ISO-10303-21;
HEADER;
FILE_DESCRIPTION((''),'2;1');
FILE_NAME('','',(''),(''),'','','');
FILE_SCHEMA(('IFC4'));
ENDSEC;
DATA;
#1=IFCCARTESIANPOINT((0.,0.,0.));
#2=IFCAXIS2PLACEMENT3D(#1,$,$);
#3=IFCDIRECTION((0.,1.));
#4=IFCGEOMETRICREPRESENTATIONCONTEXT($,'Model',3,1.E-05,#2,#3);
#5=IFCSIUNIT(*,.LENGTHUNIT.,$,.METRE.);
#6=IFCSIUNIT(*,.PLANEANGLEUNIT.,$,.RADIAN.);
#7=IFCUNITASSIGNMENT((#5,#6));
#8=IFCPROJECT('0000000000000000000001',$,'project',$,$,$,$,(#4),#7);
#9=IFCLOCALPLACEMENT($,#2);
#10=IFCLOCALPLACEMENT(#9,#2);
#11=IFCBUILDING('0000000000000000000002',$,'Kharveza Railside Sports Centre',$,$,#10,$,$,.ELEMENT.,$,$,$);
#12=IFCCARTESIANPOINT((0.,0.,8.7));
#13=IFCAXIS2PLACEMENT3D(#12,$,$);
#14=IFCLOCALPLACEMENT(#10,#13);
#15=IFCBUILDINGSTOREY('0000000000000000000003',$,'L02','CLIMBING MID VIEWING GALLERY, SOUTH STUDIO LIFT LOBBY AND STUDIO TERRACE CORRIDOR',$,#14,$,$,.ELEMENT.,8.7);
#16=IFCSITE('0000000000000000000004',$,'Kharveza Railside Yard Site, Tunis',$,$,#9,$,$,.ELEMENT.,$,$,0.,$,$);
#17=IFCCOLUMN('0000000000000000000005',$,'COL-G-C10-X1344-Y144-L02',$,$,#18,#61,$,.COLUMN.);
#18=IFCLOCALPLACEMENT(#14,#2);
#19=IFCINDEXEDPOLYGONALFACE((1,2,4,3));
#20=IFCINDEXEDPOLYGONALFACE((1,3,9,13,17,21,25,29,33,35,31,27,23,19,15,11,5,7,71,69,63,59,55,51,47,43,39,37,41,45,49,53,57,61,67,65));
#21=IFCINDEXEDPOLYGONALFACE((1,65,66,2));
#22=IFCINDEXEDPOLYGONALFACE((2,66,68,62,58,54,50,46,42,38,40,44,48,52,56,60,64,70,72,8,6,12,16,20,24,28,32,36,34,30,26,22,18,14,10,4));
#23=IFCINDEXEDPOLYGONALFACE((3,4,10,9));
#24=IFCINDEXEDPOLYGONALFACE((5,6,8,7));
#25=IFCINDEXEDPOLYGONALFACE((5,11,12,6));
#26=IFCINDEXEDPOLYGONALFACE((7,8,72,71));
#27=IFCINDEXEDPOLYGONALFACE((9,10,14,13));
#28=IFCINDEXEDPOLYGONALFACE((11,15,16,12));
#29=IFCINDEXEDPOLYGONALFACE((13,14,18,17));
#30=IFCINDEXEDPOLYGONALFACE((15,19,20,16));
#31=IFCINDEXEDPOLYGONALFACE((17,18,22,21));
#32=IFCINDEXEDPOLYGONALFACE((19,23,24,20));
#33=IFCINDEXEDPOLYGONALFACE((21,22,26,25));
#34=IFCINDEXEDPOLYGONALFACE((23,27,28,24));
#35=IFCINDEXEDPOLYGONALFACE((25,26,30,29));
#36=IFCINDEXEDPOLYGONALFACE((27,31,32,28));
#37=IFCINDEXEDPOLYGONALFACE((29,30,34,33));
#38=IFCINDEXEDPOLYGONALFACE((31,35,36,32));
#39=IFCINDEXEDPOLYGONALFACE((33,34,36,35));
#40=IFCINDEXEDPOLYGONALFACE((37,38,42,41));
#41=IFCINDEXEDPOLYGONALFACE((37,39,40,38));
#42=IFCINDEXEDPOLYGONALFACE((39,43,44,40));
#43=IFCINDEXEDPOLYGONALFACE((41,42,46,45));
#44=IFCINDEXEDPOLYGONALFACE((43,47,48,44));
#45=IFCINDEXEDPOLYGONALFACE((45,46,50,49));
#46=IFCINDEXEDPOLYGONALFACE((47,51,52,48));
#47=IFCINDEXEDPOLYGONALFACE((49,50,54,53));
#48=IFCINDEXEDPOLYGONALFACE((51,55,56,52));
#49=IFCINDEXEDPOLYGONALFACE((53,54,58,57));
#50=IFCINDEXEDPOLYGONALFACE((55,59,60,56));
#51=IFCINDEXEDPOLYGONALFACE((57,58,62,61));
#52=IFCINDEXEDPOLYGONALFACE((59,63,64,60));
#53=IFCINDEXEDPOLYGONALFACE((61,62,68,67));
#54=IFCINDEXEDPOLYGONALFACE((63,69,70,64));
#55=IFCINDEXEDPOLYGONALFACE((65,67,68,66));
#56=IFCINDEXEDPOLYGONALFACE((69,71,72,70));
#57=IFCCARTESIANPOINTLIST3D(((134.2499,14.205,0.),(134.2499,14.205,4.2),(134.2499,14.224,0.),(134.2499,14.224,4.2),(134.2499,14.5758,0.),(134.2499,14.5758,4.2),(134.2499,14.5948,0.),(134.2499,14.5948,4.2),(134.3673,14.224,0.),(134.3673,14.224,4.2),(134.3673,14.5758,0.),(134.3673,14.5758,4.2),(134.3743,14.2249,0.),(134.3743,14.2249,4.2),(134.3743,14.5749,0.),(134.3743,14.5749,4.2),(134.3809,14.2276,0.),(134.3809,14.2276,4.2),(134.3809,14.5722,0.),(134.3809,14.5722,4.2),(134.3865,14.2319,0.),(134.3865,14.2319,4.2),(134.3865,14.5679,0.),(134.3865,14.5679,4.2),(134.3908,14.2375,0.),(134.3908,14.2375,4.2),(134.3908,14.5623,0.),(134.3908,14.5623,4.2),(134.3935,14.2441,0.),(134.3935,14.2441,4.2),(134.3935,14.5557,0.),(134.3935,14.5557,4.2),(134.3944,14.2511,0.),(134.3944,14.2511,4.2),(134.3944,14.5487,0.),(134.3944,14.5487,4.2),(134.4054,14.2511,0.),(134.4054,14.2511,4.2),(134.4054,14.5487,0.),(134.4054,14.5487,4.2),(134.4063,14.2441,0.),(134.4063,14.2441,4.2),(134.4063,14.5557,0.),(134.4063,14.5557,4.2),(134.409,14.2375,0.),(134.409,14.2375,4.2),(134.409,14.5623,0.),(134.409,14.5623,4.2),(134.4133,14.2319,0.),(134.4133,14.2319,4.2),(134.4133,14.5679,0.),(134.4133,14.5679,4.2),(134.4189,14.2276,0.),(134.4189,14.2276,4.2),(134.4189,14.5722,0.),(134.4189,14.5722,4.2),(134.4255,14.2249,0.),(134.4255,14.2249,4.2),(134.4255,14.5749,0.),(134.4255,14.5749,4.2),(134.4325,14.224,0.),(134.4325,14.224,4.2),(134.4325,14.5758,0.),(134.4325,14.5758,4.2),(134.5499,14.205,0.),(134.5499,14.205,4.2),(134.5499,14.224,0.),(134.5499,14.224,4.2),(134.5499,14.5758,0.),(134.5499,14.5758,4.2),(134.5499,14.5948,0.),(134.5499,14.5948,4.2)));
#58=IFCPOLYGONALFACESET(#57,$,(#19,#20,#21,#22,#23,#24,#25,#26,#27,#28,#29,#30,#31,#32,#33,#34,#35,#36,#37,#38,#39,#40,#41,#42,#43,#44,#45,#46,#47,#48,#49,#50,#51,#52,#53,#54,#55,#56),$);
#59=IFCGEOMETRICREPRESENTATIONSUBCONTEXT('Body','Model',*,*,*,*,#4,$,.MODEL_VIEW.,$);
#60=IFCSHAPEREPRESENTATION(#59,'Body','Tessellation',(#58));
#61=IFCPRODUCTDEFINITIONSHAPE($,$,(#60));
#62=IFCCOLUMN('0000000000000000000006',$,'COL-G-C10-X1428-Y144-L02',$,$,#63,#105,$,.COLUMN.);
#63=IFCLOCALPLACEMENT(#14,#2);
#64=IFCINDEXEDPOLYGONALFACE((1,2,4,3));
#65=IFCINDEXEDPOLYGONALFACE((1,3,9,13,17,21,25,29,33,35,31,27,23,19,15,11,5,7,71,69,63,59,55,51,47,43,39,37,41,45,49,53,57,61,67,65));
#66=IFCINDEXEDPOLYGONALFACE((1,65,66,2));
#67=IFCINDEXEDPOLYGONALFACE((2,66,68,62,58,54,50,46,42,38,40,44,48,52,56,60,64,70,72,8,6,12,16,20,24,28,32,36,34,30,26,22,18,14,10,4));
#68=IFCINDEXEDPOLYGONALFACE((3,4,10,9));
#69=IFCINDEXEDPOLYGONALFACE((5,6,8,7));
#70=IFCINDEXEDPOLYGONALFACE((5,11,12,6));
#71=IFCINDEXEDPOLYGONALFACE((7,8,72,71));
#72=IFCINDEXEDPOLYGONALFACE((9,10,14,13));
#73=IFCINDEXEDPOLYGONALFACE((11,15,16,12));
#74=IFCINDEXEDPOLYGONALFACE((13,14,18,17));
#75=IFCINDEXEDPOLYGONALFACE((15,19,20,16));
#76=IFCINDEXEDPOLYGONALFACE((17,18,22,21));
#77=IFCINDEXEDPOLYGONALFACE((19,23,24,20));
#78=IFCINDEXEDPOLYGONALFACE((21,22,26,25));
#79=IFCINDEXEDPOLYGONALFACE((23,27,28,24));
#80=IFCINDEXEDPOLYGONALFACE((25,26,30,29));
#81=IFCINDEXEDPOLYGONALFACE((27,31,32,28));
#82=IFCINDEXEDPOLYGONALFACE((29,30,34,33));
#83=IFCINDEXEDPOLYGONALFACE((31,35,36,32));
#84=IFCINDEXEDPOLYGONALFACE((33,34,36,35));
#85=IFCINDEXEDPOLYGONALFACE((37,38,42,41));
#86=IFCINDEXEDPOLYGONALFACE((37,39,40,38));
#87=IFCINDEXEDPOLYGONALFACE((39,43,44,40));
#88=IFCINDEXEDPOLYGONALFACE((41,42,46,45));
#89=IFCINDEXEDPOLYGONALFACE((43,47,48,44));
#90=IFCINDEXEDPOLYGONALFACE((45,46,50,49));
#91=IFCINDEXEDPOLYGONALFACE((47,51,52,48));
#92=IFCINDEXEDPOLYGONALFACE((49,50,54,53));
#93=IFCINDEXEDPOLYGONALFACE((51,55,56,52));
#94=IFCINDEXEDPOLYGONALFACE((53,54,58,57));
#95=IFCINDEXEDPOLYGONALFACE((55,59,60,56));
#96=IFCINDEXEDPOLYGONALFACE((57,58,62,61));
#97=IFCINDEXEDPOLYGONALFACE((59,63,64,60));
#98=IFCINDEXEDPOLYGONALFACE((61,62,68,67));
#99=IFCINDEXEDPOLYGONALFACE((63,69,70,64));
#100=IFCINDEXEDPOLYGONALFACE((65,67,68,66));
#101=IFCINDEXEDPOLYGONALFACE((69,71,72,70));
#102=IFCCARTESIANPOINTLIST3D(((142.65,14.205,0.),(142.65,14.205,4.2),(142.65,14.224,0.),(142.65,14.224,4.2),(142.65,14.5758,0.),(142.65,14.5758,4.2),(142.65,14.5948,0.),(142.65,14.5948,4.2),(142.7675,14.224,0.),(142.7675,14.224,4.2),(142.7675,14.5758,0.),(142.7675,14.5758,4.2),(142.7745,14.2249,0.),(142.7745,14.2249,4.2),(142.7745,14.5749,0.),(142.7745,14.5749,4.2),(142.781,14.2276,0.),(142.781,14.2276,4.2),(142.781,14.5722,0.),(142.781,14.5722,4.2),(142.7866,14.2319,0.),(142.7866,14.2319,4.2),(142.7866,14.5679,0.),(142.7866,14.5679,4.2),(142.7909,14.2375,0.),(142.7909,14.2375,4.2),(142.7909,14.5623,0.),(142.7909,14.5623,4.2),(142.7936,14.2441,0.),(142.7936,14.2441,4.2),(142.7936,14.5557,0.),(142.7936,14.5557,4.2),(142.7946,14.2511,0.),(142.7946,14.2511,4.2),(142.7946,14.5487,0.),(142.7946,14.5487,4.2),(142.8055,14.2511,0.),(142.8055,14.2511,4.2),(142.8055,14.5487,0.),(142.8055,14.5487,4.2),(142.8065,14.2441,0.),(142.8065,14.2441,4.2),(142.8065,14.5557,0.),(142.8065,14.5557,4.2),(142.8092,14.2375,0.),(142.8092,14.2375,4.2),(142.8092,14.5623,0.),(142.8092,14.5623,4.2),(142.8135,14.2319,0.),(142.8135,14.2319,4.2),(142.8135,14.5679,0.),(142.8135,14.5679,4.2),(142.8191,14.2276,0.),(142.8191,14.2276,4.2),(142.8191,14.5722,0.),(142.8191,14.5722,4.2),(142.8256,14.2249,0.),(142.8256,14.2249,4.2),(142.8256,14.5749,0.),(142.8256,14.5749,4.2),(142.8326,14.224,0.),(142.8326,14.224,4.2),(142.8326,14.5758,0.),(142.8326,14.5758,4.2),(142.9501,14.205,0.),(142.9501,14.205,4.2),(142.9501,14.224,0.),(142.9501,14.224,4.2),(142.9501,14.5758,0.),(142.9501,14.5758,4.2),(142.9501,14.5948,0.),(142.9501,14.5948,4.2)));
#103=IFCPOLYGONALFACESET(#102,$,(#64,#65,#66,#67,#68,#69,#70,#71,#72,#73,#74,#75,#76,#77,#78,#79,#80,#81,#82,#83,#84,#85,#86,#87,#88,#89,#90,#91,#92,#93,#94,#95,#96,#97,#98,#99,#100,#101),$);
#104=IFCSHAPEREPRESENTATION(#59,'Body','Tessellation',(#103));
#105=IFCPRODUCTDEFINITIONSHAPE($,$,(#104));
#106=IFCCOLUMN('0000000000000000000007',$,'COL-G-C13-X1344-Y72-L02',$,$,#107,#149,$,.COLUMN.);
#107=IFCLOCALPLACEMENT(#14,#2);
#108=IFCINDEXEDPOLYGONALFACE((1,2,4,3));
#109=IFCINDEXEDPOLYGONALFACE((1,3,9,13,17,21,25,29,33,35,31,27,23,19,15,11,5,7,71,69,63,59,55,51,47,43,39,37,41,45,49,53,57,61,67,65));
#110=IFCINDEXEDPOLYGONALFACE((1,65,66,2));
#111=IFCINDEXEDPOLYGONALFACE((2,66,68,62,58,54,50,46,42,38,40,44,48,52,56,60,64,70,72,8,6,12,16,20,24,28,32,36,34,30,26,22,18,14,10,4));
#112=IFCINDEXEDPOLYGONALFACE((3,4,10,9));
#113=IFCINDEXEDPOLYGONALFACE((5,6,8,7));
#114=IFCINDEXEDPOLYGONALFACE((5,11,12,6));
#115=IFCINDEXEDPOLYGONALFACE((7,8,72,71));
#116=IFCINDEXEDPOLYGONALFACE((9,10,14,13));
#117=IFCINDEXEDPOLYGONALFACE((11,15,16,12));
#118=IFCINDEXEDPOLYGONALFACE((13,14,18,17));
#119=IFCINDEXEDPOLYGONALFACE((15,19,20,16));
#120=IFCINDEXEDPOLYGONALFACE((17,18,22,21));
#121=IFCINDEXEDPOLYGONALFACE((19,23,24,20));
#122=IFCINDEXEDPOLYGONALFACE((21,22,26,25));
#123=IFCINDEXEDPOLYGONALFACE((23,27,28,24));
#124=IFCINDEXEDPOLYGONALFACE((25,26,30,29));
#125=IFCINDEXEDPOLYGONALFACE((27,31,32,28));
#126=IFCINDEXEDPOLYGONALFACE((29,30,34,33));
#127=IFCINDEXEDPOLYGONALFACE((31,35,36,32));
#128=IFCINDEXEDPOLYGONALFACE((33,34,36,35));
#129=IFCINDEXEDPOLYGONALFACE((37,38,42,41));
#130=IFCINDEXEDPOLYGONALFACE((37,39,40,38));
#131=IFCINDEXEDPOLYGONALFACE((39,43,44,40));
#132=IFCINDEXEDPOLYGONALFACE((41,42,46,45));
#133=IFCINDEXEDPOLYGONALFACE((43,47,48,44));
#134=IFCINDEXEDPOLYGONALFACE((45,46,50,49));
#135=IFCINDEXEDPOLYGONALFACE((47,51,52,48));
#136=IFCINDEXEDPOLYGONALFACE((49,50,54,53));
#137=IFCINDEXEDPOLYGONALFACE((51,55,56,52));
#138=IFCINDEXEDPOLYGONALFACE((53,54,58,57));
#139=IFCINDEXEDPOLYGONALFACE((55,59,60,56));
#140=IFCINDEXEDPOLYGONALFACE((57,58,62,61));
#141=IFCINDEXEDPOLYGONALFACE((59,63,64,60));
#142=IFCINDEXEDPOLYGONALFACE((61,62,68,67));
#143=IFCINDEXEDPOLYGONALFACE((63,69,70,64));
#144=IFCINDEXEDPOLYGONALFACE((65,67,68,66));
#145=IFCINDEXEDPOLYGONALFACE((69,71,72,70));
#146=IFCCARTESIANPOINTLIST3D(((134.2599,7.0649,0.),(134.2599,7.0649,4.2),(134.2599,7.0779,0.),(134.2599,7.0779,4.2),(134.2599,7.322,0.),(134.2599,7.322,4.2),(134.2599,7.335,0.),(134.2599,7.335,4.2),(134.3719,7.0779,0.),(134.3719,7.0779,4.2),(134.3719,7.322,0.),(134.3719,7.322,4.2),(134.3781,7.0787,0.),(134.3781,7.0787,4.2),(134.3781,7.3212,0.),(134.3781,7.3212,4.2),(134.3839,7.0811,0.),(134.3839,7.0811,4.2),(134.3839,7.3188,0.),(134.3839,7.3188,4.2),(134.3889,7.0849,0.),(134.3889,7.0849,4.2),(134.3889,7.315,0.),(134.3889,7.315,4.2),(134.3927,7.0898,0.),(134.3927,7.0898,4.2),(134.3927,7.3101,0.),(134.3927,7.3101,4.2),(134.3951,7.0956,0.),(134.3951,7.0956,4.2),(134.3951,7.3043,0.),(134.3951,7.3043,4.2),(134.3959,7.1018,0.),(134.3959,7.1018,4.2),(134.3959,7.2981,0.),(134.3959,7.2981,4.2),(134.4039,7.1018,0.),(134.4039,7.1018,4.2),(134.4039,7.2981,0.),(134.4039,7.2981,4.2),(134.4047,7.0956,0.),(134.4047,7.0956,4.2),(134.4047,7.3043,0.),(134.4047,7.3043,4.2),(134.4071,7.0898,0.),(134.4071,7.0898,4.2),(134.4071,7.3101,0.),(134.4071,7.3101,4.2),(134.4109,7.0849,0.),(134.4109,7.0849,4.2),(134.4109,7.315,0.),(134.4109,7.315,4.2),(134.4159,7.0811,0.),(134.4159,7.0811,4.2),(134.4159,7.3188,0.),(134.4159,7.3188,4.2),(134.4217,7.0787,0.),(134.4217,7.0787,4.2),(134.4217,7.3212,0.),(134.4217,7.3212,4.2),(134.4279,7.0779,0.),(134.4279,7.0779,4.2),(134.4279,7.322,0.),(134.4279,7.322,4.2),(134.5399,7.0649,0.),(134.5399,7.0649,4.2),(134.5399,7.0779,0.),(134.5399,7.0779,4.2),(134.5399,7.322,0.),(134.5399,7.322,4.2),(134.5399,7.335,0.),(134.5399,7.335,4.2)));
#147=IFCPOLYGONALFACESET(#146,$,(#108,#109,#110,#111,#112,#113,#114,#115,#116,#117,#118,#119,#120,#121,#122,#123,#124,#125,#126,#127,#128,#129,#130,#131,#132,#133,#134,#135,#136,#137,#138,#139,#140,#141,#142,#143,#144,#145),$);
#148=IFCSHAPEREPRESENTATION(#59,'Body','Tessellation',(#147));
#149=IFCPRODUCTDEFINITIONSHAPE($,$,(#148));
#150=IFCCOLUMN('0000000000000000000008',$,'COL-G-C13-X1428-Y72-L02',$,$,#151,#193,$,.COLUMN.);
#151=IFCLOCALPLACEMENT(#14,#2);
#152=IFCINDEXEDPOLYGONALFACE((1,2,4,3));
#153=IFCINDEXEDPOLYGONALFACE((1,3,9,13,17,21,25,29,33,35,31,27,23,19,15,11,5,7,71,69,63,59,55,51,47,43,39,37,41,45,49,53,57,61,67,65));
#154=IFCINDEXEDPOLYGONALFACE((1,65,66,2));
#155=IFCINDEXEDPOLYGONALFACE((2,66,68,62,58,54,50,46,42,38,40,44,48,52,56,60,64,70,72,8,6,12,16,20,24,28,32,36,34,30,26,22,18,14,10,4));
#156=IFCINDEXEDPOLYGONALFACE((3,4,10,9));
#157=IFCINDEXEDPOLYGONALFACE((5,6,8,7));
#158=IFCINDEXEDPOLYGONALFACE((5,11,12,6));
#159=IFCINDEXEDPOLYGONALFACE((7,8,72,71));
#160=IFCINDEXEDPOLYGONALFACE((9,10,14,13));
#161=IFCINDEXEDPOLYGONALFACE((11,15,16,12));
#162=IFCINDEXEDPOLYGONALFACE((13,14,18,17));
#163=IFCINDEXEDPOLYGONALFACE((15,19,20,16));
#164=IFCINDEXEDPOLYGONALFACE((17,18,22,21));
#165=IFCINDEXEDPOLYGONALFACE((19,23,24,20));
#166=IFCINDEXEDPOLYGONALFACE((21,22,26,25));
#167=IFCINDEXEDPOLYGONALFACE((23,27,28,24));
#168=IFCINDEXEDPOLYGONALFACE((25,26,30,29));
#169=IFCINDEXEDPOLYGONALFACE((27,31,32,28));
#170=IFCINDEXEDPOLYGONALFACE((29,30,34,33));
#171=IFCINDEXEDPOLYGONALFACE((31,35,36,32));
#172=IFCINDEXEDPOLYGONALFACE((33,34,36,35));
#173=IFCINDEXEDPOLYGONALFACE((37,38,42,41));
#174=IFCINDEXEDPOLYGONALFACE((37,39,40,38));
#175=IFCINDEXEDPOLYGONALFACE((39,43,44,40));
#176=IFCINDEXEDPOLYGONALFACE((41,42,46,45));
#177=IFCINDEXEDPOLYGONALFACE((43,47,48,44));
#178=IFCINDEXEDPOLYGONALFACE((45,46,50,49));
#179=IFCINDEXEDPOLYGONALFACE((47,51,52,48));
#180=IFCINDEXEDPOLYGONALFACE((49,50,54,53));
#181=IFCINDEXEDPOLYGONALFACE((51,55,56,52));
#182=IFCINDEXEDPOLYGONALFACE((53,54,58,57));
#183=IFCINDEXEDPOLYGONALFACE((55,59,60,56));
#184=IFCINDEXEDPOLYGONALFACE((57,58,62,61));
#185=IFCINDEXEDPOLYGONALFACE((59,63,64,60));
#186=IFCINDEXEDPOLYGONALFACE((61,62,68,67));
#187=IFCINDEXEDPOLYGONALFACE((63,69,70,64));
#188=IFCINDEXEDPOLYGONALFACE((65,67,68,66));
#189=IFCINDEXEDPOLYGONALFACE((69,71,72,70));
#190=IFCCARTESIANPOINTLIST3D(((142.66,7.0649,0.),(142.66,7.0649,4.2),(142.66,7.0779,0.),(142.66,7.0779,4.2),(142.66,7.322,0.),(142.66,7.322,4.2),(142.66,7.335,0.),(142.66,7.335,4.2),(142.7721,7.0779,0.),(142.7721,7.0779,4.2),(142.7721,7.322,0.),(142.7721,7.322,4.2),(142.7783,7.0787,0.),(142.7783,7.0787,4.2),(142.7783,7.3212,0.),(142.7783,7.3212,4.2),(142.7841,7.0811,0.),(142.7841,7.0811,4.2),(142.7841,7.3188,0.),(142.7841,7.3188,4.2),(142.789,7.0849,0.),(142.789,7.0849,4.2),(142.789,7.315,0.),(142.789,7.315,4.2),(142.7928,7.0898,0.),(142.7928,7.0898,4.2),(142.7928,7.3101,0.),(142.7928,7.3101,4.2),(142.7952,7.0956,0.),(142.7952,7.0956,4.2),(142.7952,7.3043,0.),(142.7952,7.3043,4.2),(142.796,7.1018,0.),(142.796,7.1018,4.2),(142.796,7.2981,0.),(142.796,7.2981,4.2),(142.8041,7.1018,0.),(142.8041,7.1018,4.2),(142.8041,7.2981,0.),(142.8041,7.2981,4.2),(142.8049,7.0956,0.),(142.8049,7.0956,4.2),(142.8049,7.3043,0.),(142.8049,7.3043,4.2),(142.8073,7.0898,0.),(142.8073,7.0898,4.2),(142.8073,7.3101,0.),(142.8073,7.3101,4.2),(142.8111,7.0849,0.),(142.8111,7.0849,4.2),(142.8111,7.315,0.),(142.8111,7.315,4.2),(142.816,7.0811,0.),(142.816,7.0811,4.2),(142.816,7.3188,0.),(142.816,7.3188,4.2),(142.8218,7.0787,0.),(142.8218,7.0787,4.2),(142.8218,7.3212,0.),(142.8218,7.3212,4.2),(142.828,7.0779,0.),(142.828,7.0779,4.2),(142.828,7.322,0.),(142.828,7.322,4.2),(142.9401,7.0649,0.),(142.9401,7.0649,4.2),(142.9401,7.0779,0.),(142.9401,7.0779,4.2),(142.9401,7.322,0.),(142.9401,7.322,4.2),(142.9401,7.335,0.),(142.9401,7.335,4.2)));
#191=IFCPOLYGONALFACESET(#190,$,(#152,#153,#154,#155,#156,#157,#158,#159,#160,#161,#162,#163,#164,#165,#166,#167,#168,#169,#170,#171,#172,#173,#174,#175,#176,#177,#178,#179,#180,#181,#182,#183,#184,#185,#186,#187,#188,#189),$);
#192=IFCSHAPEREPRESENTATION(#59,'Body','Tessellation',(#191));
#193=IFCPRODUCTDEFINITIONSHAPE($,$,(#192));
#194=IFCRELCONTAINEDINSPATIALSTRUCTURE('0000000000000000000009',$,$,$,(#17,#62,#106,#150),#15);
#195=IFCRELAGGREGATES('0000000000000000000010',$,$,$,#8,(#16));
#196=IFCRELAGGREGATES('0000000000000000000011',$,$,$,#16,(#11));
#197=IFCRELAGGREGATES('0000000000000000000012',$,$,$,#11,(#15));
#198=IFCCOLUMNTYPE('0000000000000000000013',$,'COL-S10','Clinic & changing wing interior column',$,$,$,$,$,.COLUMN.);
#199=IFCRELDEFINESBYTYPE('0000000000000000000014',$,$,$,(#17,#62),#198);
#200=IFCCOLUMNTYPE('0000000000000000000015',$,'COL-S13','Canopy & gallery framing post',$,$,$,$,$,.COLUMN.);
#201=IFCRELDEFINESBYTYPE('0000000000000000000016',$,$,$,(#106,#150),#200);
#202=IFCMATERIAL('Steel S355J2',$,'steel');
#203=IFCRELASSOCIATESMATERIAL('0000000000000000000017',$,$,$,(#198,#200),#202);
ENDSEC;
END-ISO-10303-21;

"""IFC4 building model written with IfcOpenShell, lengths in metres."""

from ifc_helpers import new_model, si_unit, direction, frame, origin, origin_2d, place, context, subcontext, project, spatial, i_section, extrude, material, material_profile, profile_set, type_object, element, save


model = new_model("IFC4")

# Units and contexts
model_context = context("Model", 3, precision=1e-05, world=origin(), true_north=direction((0.0, 1.0)))
body_context = subcontext(model_context, "Body", "Model", "MODEL_VIEW")
ifc_project = project(units=[si_unit("LENGTHUNIT", "METRE"), si_unit("PLANEANGLEUNIT", "RADIAN")], contexts=[model_context])

# Site, building, storey
site_placement = place(None, origin())
site = spatial("IfcSite", under=ifc_project, at=site_placement, Name="Kharveza Railside Yard Site, Tunis", CompositionType="ELEMENT", RefElevation=0.0)
building_placement = place(site_placement, origin())
building = spatial("IfcBuilding", under=site, at=building_placement, Name="Kharveza Railside Sports Centre", CompositionType="ELEMENT")
storey_placement = place(building_placement, frame((0.0, 0.0, 8.7)))
storey = spatial("IfcBuildingStorey", under=building, at=storey_placement, Name="L02", Description="CLIMBING MID VIEWING GALLERY, SOUTH STUDIO LIFT LOBBY AND STUDIO TERRACE CORRIDOR", CompositionType="ELEMENT", Elevation=8.7)

# Columns
ifc_material_1 = material(Name="Steel S355J2", Category="steel")
ifc_material_profile_1 = material_profile(ifc_material_1, i_section(OverallWidth=0.3, OverallDepth=0.3899, WebThickness=0.011, FlangeThickness=0.019, FilletRadius=0.0271, at=origin_2d()), Name="HEA 400")
ifc_profile_set_1 = profile_set([ifc_material_profile_1], Name="Steel S355J2")
column_type_1 = type_object("IfcColumnType", Name="COL-S10", Description="Clinic & changing wing interior column", PredefinedType="COLUMN", material=ifc_profile_set_1)
for number, where, z_axis, x_axis, name in (
    (1, (134.3999, 14.3999, 0.0), (0.0, 0.0, 1.0), (1.0, 0.0, 0.0), "COL-G-C10-X1344-Y144-L02"),
    (2, (142.8, 14.3999, 0.0), (0.0, 0.0, 1.0), (1.0, 0.0, 0.0), "COL-G-C10-X1428-Y144-L02"),
):
    element("IfcColumn", number, at=place(storey_placement, frame(where, z_axis=z_axis, x_axis=x_axis)), inside=storey, type_object=column_type_1, Name=name, PredefinedType="COLUMN", context=body_context, shape_type="SweptSolid", body=[
        extrude(i_section(OverallWidth=0.3, OverallDepth=0.3899, WebThickness=0.011, FlangeThickness=0.019, FilletRadius=0.0271, at=origin_2d()), origin(), (0.0, 0.0, 1.0), 4.2),
    ])
ifc_material_profile_2 = material_profile(ifc_material_1, i_section(OverallWidth=0.28, OverallDepth=0.27, WebThickness=0.0081, FlangeThickness=0.0129, FilletRadius=0.0239, at=origin_2d()), Name="HEA 280")
ifc_profile_set_2 = profile_set([ifc_material_profile_2], Name="Steel S355J2")
column_type_2 = type_object("IfcColumnType", Name="COL-S13", Description="Canopy & gallery framing post", PredefinedType="COLUMN", material=ifc_profile_set_2)
for number, where, z_axis, x_axis, name in (
    (3, (134.3999, 7.2, 0.0), (0.0, 0.0, 1.0), (1.0, 0.0, 0.0), "COL-G-C13-X1344-Y72-L02"),
    (4, (142.8, 7.2, 0.0), (0.0, 0.0, 1.0), (1.0, 0.0, 0.0), "COL-G-C13-X1428-Y72-L02"),
):
    element("IfcColumn", number, at=place(storey_placement, frame(where, z_axis=z_axis, x_axis=x_axis)), inside=storey, type_object=column_type_2, Name=name, PredefinedType="COLUMN", context=body_context, shape_type="SweptSolid", body=[
        extrude(i_section(OverallWidth=0.28, OverallDepth=0.27, WebThickness=0.0081, FlangeThickness=0.0129, FilletRadius=0.0239, at=origin_2d()), origin(), (0.0, 0.0, 1.0), 4.2),
    ])

save(model, "model.ifc")
